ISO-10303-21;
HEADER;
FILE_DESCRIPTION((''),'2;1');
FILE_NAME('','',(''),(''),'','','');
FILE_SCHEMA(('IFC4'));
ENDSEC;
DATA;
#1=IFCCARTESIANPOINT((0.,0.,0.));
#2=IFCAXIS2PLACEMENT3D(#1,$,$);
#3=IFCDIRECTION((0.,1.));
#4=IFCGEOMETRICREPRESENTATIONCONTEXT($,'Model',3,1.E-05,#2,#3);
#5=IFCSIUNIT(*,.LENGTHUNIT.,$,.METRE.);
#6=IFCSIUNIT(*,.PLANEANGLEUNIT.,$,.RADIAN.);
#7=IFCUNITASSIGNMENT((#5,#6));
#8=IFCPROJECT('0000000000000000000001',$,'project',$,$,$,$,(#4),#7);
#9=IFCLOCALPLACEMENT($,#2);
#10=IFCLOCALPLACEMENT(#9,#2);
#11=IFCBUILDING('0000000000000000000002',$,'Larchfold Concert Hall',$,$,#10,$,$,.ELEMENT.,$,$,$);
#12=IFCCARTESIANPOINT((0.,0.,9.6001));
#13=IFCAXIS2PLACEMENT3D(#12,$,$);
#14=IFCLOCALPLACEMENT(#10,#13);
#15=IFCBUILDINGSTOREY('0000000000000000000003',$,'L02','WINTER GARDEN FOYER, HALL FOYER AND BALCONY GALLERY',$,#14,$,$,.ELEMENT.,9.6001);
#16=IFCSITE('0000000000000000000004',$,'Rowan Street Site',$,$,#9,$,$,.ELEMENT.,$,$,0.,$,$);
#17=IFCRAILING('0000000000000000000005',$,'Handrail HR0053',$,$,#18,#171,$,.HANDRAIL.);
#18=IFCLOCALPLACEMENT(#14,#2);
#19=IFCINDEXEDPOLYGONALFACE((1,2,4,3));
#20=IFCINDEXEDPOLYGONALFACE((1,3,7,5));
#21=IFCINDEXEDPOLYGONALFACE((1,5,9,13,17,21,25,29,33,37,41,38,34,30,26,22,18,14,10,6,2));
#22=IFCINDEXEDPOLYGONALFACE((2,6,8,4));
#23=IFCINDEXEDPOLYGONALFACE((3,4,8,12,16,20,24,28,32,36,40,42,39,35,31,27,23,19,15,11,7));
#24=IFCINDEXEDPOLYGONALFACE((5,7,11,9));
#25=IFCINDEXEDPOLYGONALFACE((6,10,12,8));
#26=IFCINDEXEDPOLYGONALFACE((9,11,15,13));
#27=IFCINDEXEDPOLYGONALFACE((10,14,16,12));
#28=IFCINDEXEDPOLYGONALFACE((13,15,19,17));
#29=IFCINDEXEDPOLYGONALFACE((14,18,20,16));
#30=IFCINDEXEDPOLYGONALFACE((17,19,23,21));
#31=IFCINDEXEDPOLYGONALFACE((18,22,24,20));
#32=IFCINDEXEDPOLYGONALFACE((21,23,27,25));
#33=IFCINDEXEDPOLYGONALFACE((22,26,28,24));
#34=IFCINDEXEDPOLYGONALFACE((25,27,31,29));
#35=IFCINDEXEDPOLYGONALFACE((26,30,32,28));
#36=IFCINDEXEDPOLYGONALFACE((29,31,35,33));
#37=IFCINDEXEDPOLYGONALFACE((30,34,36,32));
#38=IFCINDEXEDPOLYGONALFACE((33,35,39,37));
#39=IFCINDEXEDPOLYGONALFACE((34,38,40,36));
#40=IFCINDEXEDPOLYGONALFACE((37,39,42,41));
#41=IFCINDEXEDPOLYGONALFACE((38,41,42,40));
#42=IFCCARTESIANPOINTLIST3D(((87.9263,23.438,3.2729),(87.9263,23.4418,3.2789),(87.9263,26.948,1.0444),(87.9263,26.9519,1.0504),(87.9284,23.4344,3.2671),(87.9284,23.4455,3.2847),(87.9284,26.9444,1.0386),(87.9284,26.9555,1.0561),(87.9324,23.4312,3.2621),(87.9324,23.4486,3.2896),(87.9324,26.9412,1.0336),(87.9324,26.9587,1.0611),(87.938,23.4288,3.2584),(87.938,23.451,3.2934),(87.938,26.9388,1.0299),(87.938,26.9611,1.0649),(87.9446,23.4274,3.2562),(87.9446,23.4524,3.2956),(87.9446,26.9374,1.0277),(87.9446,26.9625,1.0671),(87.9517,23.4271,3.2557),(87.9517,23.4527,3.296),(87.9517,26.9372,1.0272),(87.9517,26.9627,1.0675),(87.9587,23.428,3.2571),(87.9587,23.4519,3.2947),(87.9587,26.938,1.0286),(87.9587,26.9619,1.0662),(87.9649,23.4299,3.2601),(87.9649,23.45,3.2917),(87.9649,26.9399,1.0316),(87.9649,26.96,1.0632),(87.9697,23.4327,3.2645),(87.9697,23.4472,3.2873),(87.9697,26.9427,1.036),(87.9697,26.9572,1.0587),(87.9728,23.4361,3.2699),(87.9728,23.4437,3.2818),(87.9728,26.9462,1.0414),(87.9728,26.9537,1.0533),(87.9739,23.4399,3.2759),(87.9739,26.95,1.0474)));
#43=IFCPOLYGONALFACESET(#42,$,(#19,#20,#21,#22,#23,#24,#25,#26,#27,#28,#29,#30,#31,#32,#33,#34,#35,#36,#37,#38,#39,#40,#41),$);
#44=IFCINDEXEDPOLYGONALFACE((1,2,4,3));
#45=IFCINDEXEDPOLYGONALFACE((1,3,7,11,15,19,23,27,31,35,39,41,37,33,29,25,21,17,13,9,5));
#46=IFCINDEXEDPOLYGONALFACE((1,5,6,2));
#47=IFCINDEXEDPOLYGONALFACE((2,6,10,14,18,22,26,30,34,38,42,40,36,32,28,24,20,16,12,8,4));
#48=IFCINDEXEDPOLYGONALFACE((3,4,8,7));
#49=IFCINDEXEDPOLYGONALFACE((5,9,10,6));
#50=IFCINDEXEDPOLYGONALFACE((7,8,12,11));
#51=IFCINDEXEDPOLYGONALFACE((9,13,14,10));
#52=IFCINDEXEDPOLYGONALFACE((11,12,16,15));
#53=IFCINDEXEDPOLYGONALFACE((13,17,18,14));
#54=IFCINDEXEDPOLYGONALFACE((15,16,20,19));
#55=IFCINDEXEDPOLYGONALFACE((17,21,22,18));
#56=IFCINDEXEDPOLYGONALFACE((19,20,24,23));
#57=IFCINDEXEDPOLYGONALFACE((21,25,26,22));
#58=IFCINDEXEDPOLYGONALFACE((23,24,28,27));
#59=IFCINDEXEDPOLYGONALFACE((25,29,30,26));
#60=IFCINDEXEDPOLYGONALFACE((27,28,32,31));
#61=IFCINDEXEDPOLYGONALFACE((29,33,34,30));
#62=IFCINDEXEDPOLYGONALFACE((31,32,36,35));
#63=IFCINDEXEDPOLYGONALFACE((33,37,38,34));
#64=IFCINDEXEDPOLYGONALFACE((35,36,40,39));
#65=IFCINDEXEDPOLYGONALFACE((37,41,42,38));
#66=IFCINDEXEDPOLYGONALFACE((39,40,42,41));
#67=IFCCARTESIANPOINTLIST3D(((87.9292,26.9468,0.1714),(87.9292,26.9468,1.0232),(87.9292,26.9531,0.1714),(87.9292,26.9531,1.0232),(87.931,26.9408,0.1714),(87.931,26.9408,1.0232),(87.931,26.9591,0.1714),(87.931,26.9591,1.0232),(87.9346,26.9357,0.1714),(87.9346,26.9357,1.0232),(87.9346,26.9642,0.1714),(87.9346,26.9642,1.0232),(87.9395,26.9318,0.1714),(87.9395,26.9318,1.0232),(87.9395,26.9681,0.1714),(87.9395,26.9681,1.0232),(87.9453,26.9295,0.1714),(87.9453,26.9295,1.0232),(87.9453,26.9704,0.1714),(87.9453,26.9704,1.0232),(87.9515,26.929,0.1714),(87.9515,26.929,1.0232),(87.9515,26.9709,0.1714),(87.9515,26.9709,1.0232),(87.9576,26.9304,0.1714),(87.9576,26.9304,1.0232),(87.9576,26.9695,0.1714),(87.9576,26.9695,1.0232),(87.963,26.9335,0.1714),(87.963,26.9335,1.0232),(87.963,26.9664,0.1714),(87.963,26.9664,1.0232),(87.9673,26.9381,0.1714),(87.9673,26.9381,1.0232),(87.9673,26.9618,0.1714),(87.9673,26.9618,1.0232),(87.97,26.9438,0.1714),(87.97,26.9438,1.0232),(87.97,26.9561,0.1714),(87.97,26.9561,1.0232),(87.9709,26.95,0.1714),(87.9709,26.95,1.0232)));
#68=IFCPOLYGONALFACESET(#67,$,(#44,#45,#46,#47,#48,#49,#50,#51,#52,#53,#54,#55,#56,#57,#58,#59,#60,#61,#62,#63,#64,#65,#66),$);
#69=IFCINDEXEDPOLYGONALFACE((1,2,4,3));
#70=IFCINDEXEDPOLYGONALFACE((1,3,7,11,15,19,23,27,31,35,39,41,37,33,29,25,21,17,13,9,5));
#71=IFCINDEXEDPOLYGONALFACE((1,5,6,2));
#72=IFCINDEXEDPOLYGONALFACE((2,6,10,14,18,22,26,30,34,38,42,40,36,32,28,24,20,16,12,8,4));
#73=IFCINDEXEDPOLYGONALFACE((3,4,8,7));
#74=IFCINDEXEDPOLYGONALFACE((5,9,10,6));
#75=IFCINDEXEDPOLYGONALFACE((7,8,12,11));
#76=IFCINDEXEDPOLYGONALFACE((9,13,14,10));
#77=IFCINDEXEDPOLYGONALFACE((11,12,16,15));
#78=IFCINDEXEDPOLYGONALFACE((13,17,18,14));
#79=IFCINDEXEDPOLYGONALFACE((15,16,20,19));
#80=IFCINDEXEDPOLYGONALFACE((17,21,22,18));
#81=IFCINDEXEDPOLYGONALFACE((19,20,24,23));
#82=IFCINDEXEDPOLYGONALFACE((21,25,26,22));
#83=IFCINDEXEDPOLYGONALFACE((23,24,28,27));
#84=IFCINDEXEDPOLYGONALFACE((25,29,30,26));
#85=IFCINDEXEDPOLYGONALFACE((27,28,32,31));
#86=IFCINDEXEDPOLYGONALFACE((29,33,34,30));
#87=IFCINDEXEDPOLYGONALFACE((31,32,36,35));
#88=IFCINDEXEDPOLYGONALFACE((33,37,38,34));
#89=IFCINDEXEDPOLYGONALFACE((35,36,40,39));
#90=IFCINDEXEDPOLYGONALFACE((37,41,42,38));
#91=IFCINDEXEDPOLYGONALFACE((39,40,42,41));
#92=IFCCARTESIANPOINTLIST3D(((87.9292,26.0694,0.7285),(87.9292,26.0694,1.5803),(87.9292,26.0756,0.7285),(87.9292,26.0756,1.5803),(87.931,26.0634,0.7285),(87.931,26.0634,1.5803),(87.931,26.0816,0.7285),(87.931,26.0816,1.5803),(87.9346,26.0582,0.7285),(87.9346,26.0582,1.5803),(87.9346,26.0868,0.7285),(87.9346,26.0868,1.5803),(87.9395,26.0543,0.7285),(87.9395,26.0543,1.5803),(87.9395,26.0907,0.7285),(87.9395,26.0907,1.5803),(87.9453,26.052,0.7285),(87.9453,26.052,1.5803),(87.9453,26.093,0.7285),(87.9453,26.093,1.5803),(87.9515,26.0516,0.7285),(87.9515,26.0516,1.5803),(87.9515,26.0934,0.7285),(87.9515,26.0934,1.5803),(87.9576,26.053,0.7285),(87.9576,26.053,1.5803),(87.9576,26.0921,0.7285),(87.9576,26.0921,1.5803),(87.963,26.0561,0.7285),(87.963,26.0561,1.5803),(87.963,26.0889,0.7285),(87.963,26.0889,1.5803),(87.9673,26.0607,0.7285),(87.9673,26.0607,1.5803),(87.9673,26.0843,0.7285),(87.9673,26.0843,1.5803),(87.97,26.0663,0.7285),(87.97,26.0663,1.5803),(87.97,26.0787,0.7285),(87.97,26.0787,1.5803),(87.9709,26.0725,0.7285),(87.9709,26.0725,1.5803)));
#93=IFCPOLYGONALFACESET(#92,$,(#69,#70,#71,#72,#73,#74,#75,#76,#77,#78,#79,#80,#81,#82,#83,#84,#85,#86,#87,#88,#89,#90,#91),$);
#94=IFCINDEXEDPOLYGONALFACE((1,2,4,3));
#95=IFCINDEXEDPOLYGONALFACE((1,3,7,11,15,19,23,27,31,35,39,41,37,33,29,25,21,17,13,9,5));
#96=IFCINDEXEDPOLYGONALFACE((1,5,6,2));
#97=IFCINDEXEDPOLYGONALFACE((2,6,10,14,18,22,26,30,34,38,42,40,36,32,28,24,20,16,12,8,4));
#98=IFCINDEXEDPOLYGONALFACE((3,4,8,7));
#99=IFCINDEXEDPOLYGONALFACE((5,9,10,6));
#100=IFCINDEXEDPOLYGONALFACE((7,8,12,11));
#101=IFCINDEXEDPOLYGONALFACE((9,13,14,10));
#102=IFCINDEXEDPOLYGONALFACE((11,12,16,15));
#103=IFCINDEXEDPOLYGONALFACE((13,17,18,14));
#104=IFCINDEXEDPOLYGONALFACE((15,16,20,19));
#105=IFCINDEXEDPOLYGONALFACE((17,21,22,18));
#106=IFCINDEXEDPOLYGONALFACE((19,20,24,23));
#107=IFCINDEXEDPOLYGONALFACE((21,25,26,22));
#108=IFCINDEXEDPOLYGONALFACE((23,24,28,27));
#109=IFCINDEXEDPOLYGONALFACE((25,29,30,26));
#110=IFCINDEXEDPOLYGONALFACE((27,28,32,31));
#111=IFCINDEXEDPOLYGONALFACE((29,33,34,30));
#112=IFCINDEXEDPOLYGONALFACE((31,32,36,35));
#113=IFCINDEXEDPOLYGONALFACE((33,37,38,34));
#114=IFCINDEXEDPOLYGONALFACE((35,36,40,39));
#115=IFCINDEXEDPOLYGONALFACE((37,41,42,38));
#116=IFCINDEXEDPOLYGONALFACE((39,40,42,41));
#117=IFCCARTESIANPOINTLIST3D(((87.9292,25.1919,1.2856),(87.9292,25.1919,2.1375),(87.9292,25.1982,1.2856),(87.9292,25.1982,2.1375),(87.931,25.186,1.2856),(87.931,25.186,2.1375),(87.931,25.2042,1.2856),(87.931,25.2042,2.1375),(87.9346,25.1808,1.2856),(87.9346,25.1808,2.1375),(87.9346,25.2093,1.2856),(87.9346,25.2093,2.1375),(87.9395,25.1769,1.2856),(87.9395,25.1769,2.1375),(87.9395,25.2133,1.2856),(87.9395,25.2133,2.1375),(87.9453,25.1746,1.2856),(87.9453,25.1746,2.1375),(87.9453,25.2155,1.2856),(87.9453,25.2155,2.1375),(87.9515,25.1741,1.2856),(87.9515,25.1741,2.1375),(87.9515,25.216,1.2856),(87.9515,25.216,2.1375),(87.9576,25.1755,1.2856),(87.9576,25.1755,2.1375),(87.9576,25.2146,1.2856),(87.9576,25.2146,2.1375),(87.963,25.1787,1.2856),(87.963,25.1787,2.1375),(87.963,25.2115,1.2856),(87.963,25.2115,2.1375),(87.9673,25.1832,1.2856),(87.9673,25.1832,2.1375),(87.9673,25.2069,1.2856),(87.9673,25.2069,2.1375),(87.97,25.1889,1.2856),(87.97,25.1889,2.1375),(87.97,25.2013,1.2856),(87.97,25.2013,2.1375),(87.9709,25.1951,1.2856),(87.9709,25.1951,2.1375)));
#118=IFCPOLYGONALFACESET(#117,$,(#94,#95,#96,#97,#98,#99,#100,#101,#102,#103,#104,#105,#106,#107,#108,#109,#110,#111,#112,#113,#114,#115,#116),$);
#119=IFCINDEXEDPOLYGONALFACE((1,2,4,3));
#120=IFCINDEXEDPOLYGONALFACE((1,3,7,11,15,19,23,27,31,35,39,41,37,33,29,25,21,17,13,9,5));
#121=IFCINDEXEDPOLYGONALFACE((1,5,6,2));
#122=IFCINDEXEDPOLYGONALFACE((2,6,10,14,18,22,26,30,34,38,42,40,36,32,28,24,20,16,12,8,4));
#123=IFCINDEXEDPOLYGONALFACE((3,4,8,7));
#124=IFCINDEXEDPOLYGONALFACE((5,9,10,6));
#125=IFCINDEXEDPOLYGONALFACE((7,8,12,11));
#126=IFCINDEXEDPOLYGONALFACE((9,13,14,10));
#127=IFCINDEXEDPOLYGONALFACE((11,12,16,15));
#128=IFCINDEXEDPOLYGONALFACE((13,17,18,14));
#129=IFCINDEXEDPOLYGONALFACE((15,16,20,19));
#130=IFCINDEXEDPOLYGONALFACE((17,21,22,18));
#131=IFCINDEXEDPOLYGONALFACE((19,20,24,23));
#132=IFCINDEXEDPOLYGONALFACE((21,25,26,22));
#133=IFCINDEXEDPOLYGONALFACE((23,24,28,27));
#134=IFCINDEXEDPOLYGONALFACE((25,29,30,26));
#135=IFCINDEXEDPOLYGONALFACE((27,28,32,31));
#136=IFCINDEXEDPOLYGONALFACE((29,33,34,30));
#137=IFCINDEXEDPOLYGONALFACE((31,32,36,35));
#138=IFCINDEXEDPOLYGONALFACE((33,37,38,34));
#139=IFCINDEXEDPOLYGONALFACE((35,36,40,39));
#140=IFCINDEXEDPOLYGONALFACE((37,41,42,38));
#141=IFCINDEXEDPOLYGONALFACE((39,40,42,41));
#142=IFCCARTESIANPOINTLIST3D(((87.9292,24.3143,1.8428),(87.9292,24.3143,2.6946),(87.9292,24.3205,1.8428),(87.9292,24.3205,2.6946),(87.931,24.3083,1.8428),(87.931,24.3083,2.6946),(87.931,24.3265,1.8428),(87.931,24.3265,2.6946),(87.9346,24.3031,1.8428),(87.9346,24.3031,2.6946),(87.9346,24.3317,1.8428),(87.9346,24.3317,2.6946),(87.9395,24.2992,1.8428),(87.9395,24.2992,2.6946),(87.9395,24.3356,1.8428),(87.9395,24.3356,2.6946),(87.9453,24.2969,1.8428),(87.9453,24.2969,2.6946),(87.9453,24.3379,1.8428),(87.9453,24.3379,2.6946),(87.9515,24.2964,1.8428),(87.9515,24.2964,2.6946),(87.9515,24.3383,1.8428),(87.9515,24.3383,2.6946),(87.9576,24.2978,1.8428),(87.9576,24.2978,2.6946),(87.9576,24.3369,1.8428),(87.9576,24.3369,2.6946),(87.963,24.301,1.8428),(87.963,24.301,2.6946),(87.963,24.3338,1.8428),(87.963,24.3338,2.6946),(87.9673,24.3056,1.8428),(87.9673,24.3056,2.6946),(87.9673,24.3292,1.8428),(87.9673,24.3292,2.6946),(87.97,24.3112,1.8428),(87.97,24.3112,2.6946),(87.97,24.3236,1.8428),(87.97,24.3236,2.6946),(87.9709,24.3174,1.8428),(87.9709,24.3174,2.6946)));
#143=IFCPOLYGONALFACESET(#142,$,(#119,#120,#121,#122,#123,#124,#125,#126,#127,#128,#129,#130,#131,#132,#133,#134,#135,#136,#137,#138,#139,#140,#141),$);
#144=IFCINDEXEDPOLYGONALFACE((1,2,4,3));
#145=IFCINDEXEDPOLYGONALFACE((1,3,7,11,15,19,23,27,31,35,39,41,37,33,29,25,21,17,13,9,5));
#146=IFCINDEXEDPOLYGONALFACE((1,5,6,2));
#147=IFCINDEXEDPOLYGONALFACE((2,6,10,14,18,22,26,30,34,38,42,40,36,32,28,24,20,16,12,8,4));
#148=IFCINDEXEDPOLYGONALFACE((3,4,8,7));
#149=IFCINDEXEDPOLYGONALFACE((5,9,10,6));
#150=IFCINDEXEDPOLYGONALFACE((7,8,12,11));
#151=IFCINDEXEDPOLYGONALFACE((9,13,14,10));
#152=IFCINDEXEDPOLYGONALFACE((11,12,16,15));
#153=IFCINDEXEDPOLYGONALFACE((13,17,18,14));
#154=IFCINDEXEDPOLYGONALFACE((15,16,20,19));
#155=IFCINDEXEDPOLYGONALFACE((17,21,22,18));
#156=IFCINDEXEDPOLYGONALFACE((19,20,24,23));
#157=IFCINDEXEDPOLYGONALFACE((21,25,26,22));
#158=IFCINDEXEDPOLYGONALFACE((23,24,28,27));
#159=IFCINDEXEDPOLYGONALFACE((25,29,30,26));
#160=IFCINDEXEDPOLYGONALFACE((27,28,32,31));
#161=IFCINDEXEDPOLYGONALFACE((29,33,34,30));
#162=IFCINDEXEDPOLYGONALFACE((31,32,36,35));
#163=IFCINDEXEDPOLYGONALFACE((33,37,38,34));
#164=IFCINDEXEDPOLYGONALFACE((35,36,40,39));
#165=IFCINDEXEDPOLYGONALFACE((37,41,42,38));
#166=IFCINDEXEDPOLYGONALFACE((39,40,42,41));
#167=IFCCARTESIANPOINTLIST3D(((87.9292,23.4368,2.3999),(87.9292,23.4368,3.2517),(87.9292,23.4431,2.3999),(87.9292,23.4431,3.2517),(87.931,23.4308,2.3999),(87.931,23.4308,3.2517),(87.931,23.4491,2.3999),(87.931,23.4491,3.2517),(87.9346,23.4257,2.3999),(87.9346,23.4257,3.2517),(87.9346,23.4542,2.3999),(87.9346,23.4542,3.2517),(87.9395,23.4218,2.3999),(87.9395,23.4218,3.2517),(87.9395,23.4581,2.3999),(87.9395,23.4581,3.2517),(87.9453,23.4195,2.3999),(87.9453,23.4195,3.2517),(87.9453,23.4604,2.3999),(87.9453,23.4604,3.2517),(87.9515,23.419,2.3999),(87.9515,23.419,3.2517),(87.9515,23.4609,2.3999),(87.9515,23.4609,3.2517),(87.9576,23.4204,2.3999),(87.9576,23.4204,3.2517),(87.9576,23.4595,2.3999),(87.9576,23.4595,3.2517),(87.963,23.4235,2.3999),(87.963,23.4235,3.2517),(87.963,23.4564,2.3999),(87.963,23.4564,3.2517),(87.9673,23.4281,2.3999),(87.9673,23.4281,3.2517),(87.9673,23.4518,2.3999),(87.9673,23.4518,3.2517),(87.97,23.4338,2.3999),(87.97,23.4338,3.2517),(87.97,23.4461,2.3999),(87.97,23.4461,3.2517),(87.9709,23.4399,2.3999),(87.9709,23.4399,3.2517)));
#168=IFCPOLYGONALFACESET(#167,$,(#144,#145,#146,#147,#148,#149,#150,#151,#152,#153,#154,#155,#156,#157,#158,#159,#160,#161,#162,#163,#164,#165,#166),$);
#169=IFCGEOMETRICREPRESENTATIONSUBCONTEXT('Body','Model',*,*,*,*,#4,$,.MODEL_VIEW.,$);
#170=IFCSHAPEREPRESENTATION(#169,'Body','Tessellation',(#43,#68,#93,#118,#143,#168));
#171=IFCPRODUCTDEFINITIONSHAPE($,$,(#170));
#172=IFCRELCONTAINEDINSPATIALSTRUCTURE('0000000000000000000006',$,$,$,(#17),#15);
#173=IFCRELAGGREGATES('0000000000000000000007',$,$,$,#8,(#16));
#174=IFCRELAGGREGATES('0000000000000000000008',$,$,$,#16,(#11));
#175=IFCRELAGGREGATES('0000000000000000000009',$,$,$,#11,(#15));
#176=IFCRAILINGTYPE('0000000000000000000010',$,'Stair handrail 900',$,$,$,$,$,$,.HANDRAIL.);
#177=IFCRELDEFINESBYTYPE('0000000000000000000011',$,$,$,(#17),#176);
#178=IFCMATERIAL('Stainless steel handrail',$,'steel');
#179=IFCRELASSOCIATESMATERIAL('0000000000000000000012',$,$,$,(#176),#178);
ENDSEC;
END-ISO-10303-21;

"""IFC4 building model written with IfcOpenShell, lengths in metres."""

from ifc_helpers import new_model, si_unit, direction, frame, origin, origin_2d, place, context, subcontext, project, spatial, circle, extrude, material, type_object, element, save


model = new_model("IFC4")

# Units and contexts
model_context = context("Model", 3, precision=1e-05, world=origin(), true_north=direction((0.0, 1.0)))
body_context = subcontext(model_context, "Body", "Model", "MODEL_VIEW")
ifc_project = project(units=[si_unit("LENGTHUNIT", "METRE"), si_unit("PLANEANGLEUNIT", "RADIAN")], contexts=[model_context])

# Site, building, storey
site_placement = place(None, origin())
site = spatial("IfcSite", under=ifc_project, at=site_placement, Name="Rowan Street Site", CompositionType="ELEMENT", RefElevation=0.0)
building_placement = place(site_placement, origin())
building = spatial("IfcBuilding", under=site, at=building_placement, Name="Larchfold Concert Hall", CompositionType="ELEMENT")
storey_placement = place(building_placement, frame((0.0, 0.0, 9.6001)))
storey = spatial("IfcBuildingStorey", under=building, at=storey_placement, Name="L02", Description="WINTER GARDEN FOYER, HALL FOYER AND BALCONY GALLERY", CompositionType="ELEMENT", Elevation=9.6001)

# Railing
ifc_material_1 = material(Name="Stainless steel handrail", Category="steel")
railing_type_1 = type_object("IfcRailingType", Name="Stair handrail 900", PredefinedType="HANDRAIL", material=ifc_material_1)
railing_1_placement = place(storey_placement, frame((87.95, 26.95, 0.1714)))
element("IfcRailing", 1, at=railing_1_placement, inside=storey, type_object=railing_type_1, Name="Handrail HR0053", PredefinedType="HANDRAIL", context=body_context, shape_type="SweptSolid", body=[
    extrude(circle(Radius=0.0239, at=origin_2d()), frame((0.0, 0.0, 0.876), z_axis=(0.0, -0.84422, 0.535998), x_axis=(1.0, 0.0, 0.0)), (0.0, 0.0, 1.0), 4.1577),
    extrude(circle(Radius=0.021, at=origin_2d()), origin(), (0.0, 0.0, 1.0), 0.8518),
    extrude(circle(Radius=0.021, at=origin_2d()), frame((0.0, -0.8774, 0.5571)), (0.0, 0.0, 1.0), 0.8518),
    extrude(circle(Radius=0.021, at=origin_2d()), frame((0.0, -1.7549, 1.1143)), (0.0, 0.0, 1.0), 0.8518),
    extrude(circle(Radius=0.021, at=origin_2d()), frame((0.0, -2.6326, 1.6714)), (0.0, 0.0, 1.0), 0.8518),
    extrude(circle(Radius=0.021, at=origin_2d()), frame((0.0, -3.51, 2.2285)), (0.0, 0.0, 1.0), 0.8518),
])

save(model, "model.ifc")
